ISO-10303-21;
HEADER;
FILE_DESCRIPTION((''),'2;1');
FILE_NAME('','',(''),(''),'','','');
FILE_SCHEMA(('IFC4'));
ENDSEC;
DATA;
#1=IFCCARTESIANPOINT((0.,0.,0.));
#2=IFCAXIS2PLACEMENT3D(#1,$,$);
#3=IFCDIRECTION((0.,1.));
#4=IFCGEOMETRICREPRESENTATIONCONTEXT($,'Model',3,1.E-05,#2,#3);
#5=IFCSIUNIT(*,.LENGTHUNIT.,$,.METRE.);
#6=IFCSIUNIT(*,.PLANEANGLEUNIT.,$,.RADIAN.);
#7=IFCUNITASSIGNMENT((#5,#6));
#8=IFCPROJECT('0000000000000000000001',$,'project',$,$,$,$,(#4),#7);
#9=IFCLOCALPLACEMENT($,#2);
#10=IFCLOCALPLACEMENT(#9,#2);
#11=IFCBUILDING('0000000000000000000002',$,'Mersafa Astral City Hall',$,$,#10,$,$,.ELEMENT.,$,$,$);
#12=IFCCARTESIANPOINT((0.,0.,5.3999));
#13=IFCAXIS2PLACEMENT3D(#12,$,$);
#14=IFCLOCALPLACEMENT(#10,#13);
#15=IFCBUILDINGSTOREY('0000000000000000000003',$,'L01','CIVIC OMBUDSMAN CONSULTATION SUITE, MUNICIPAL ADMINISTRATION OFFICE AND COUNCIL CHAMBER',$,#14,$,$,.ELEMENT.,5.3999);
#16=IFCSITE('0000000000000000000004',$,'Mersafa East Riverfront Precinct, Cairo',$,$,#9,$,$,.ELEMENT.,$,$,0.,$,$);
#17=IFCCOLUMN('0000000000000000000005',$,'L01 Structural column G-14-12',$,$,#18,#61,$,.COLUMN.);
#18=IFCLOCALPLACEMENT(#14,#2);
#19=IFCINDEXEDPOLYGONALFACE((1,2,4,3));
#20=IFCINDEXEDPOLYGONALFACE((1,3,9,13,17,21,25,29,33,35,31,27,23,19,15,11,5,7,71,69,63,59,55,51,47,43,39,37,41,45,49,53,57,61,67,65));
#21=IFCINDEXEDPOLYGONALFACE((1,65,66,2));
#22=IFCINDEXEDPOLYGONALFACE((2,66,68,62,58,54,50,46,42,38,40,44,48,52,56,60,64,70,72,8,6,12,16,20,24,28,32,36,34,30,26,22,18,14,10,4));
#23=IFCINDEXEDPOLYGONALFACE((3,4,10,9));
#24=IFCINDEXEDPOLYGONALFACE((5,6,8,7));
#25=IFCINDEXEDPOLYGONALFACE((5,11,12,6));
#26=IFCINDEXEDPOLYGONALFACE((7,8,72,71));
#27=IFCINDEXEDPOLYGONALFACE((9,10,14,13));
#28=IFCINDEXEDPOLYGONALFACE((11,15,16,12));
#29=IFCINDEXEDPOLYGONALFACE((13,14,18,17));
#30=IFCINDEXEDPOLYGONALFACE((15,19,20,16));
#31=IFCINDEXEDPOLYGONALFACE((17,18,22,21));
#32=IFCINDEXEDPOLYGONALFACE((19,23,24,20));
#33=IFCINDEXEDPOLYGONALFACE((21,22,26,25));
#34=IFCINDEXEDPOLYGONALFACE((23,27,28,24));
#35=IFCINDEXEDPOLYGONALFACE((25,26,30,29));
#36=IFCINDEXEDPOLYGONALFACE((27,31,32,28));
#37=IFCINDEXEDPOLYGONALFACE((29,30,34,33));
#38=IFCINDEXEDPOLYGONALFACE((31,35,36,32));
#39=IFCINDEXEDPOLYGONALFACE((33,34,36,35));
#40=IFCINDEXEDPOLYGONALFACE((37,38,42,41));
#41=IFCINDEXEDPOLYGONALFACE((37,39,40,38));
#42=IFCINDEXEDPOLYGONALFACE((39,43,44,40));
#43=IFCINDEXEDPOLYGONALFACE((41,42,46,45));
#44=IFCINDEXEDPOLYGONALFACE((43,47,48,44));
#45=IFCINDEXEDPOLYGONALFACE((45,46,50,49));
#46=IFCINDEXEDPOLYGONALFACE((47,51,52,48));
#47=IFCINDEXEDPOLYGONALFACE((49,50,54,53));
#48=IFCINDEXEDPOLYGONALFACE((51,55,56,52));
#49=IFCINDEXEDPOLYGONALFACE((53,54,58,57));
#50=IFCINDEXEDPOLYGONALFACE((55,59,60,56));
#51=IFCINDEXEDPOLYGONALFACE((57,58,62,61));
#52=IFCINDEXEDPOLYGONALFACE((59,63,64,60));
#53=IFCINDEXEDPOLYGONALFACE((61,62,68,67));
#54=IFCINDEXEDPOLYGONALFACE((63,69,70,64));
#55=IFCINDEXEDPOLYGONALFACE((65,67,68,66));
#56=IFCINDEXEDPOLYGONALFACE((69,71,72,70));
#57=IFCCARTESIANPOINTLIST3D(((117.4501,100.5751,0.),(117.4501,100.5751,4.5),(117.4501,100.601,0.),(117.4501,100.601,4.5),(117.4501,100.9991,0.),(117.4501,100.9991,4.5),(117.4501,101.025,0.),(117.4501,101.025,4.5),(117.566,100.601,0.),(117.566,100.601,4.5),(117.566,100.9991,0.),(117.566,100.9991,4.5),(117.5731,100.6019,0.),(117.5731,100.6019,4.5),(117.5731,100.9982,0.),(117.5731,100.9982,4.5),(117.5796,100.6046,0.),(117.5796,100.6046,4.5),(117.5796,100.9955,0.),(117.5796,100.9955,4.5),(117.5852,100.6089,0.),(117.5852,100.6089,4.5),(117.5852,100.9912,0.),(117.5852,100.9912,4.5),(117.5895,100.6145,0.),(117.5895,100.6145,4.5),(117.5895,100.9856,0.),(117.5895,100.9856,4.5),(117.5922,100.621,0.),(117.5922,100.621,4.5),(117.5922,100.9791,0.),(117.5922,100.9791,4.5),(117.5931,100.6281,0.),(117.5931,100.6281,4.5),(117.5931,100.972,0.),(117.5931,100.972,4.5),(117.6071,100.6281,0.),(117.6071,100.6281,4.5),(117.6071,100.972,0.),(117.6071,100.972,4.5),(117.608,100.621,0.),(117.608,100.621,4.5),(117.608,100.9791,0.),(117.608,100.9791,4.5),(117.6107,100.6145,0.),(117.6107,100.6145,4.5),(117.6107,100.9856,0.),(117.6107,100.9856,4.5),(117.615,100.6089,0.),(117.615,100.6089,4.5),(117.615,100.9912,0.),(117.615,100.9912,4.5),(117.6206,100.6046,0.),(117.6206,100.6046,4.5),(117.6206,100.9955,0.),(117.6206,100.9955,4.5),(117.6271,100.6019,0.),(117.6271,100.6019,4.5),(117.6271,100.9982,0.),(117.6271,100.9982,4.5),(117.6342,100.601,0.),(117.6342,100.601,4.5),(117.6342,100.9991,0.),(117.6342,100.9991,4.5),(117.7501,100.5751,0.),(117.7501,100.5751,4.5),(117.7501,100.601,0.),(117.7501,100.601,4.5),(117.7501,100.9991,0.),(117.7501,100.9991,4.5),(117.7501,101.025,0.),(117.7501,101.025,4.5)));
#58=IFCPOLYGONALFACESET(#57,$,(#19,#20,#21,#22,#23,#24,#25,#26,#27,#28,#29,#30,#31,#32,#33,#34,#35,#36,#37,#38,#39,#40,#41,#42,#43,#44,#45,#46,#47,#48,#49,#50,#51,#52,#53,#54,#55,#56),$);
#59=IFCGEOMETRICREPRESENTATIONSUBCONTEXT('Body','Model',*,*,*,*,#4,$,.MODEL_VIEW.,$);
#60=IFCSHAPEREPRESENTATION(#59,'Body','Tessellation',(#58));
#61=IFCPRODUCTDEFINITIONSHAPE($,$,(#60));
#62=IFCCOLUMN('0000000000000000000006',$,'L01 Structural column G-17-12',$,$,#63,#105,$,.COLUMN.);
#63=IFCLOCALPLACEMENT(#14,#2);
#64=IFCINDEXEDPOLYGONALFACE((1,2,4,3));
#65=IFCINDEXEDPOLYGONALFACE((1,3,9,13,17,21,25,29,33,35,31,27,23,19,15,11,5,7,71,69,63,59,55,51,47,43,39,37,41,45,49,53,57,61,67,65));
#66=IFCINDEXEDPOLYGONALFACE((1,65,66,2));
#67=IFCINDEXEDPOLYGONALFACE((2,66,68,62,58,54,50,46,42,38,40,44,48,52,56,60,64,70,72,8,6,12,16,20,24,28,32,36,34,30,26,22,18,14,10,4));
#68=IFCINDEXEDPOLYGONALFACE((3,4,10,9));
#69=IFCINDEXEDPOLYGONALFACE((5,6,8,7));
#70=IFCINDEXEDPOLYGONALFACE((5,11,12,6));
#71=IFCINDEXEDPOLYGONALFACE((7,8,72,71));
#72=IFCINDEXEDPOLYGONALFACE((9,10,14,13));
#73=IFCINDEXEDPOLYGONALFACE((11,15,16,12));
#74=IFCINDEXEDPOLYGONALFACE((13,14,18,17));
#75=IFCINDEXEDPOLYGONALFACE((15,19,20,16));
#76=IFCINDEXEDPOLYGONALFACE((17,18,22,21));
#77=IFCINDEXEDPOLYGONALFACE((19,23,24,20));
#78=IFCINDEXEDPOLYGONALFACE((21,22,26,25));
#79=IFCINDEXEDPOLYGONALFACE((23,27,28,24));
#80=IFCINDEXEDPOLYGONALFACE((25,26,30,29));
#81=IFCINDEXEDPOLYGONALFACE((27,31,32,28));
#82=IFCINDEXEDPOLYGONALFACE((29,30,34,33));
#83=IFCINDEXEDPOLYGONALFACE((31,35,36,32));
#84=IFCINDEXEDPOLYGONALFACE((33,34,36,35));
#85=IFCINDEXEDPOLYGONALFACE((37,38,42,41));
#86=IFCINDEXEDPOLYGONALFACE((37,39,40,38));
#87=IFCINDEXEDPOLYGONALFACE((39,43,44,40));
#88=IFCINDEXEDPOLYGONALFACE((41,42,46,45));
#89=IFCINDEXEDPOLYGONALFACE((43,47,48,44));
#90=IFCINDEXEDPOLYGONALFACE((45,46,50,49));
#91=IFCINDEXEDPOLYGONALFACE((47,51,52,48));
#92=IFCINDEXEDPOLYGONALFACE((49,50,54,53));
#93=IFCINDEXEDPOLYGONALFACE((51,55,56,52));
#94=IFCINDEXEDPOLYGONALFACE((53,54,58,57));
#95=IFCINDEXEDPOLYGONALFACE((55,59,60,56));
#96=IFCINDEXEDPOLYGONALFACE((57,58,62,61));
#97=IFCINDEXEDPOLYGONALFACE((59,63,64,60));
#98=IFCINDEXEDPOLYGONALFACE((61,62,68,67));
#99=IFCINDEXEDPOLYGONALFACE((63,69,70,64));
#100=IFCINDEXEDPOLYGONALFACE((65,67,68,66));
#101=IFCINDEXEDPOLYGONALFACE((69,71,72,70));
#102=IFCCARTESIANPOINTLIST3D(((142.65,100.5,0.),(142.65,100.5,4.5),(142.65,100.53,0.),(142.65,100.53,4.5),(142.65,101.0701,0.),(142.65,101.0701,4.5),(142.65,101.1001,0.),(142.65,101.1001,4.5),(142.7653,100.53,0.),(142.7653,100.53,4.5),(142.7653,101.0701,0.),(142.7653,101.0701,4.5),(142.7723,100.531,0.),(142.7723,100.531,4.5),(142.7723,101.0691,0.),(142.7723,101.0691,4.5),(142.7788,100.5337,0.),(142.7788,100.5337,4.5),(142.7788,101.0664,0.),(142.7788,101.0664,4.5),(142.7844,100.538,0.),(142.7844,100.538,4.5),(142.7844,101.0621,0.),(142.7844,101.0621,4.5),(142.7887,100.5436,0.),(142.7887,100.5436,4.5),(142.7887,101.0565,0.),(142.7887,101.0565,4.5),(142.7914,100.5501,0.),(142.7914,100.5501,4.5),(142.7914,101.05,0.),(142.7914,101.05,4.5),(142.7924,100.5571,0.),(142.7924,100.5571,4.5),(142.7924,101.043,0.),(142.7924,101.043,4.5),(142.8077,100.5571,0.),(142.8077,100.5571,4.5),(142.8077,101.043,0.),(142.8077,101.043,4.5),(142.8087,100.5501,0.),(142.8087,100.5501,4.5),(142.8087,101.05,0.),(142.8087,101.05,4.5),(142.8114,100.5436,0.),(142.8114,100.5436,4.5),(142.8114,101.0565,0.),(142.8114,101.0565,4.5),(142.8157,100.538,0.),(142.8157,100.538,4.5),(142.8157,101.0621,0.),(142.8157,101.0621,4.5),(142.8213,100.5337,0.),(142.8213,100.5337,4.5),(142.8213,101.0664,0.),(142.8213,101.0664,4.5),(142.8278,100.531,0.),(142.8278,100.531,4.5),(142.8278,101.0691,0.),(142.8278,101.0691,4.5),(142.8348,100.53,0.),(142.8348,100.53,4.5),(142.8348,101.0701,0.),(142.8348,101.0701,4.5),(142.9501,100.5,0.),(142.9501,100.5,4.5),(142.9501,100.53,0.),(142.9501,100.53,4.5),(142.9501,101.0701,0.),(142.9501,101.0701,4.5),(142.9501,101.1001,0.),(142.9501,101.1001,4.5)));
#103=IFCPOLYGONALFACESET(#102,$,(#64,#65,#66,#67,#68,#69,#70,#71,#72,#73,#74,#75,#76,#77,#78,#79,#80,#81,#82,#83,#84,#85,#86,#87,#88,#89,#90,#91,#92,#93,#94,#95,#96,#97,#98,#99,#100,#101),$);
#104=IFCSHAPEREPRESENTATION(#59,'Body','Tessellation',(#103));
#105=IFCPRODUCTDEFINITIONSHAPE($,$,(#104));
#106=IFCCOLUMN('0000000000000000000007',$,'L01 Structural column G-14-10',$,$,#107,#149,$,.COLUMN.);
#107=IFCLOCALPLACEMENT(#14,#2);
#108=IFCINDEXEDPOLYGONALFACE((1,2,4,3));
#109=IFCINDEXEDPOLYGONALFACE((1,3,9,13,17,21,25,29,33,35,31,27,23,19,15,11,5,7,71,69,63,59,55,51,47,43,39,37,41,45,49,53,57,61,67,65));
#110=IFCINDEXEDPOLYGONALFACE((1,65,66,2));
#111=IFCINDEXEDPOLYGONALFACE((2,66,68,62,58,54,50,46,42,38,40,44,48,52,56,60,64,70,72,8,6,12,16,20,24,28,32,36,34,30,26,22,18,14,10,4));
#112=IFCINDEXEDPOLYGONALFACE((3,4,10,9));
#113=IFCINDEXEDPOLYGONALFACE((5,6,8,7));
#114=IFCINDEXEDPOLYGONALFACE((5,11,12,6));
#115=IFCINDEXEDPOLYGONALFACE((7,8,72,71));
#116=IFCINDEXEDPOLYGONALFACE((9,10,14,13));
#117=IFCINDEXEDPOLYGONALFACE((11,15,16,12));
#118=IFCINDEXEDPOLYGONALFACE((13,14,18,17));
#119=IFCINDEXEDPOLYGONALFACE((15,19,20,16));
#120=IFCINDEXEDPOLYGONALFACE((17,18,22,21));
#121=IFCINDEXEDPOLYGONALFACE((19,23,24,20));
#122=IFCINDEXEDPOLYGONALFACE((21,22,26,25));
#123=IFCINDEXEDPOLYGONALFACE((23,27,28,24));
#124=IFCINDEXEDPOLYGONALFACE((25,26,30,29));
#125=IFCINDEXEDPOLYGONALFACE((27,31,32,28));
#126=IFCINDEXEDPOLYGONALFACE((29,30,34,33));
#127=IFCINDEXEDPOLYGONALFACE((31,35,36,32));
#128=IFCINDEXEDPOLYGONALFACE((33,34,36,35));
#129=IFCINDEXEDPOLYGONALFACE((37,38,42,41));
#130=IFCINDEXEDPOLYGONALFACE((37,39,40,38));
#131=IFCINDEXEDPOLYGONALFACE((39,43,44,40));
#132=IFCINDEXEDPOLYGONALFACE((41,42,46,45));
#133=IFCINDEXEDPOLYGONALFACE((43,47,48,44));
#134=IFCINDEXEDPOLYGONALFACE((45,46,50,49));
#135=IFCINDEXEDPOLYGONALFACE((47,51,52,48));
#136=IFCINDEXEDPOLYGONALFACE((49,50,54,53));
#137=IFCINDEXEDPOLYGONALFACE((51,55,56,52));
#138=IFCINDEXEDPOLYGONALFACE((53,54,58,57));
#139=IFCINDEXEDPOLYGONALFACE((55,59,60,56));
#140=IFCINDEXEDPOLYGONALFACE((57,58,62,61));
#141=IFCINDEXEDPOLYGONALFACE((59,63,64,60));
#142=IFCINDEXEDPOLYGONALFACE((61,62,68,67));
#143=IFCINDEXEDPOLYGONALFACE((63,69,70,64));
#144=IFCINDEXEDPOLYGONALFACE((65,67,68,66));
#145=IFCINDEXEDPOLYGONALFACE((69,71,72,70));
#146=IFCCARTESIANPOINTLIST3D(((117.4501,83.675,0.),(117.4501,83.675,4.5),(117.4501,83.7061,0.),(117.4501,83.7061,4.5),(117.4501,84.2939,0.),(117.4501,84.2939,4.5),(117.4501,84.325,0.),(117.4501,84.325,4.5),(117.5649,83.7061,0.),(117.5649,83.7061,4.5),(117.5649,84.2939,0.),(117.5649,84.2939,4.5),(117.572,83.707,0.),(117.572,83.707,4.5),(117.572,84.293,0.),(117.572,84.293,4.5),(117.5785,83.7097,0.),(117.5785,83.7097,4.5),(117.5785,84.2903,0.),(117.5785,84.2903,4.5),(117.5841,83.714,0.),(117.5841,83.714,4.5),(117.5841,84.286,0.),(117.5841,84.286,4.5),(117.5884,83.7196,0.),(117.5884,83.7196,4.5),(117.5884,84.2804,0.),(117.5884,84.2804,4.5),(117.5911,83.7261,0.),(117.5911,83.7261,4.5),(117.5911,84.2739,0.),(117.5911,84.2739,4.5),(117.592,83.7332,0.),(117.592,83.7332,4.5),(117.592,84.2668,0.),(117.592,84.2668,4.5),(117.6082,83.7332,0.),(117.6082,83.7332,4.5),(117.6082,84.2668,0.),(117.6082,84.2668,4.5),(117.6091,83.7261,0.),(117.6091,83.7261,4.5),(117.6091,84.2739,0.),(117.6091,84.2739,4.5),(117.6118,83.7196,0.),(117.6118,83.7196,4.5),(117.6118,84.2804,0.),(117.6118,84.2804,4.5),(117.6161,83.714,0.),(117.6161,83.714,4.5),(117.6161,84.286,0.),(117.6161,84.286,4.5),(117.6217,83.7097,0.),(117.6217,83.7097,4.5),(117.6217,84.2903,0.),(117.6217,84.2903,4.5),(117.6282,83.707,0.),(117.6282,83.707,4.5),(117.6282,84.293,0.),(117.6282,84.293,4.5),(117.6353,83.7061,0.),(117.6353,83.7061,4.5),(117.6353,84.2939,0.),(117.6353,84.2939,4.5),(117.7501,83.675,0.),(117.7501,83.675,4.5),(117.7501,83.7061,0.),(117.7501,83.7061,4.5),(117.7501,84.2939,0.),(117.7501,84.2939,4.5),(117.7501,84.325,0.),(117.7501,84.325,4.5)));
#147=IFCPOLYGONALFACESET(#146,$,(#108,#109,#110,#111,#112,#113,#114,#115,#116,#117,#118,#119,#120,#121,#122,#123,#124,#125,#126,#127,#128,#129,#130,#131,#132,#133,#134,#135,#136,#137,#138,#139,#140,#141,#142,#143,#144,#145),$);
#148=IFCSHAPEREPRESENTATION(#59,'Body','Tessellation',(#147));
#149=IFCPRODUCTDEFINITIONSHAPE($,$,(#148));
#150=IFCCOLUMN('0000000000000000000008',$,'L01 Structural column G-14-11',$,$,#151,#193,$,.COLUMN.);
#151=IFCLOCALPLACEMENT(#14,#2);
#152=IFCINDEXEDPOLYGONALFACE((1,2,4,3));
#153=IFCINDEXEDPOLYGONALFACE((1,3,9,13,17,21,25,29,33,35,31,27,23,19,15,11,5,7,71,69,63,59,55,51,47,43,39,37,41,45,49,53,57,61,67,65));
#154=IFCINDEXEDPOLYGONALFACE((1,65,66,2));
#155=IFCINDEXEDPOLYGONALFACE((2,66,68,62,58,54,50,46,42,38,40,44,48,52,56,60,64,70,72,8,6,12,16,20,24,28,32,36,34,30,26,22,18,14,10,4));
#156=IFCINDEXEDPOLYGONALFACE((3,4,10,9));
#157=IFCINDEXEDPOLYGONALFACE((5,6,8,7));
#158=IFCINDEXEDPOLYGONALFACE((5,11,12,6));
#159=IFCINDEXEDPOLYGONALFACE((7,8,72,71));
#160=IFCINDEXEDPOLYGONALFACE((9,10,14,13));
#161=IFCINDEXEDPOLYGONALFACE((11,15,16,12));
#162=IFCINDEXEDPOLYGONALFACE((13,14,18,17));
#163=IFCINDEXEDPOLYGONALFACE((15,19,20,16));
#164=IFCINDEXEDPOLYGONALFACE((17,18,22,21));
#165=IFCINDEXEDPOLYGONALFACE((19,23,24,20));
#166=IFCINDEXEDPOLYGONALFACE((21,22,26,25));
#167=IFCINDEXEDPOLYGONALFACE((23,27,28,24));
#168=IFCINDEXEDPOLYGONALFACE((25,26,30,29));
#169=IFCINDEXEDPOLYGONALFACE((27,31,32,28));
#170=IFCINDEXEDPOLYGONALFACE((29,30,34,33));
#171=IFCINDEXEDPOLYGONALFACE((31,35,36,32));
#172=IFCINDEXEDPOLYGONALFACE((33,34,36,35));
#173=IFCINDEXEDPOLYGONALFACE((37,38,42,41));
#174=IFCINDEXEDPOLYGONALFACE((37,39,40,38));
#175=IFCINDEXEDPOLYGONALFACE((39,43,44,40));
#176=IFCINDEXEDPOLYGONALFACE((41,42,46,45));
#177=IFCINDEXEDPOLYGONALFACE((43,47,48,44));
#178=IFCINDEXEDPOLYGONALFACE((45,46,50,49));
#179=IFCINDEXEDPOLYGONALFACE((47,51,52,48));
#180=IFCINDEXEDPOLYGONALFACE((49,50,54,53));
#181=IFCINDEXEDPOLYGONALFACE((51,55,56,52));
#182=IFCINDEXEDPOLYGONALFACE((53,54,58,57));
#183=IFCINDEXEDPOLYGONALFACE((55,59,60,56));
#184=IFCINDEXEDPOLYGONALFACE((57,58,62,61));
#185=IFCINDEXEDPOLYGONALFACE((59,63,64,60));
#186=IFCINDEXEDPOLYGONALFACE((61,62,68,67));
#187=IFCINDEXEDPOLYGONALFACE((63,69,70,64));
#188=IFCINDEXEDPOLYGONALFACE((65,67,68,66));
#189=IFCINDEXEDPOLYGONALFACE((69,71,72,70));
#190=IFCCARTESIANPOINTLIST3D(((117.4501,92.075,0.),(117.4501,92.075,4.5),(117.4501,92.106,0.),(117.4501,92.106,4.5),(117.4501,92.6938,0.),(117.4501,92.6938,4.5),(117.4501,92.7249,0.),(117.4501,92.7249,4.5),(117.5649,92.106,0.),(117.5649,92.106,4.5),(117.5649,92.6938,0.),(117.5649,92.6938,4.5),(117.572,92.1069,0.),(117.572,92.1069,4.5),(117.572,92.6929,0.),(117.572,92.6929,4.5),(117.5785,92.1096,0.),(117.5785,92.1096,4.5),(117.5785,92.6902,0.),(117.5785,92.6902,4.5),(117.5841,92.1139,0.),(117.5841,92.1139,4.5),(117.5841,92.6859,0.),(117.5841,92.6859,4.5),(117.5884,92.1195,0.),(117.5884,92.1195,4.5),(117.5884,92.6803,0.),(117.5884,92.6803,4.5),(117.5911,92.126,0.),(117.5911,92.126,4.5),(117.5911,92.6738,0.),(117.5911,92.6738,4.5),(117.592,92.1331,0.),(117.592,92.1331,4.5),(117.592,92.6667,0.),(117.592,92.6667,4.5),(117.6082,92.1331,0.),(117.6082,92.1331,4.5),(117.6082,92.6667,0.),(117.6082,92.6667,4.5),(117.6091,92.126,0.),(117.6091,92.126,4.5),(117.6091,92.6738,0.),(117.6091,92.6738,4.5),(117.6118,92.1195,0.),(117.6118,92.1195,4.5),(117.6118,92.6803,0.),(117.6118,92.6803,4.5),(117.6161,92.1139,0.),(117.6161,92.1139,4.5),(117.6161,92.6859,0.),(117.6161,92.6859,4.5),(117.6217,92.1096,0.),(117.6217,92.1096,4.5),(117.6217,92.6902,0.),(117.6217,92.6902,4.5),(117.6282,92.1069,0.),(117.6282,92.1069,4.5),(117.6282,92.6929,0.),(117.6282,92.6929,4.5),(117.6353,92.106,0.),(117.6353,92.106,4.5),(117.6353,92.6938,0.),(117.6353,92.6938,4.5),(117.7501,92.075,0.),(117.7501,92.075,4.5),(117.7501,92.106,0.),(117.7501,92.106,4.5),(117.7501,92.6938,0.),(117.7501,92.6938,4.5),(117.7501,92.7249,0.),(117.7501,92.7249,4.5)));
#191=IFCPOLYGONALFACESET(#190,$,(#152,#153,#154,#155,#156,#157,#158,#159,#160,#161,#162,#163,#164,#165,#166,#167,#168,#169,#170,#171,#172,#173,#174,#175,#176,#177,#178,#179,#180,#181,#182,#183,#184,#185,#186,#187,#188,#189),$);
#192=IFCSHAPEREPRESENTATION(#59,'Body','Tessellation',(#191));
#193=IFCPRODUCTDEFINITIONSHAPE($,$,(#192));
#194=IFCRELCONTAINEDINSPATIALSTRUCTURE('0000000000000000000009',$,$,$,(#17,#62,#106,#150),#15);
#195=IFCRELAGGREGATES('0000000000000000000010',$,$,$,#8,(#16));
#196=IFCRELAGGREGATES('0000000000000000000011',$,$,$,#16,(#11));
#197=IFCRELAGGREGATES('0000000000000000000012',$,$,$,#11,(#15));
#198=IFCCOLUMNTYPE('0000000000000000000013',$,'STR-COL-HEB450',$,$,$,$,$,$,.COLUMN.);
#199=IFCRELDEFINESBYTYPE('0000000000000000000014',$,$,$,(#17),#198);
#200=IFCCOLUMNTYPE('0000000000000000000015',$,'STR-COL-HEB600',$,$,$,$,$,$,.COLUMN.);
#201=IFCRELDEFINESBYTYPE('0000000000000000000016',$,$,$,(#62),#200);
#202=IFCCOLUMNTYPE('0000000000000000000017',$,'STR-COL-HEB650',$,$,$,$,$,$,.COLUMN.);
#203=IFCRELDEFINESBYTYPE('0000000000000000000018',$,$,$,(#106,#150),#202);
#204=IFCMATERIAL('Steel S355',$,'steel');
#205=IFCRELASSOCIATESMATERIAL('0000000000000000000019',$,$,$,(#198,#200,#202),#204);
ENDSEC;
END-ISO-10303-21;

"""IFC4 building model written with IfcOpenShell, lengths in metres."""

from ifc_helpers import new_model, si_unit, direction, frame, origin, origin_2d, place, context, subcontext, project, spatial, i_section, extrude, material, material_profile, profile_set, type_object, element, save


model = new_model("IFC4")

# Units and contexts
model_context = context("Model", 3, precision=1e-05, world=origin(), true_north=direction((0.0, 1.0)))
body_context = subcontext(model_context, "Body", "Model", "MODEL_VIEW")
ifc_project = project(units=[si_unit("LENGTHUNIT", "METRE"), si_unit("PLANEANGLEUNIT", "RADIAN")], contexts=[model_context])

# Site, building, storey
site_placement = place(None, origin())
site = spatial("IfcSite", under=ifc_project, at=site_placement, Name="Mersafa East Riverfront Precinct, Cairo", CompositionType="ELEMENT", RefElevation=0.0)
building_placement = place(site_placement, origin())
building = spatial("IfcBuilding", under=site, at=building_placement, Name="Mersafa Astral City Hall", CompositionType="ELEMENT")
storey_placement = place(building_placement, frame((0.0, 0.0, 5.3999)))
storey = spatial("IfcBuildingStorey", under=building, at=storey_placement, Name="L01", Description="CIVIC OMBUDSMAN CONSULTATION SUITE, MUNICIPAL ADMINISTRATION OFFICE AND COUNCIL CHAMBER", CompositionType="ELEMENT", Elevation=5.3999)

# Columns
ifc_material_1 = material(Name="Steel S355", Category="steel")
ifc_material_profile_1 = material_profile(ifc_material_1, i_section(OverallWidth=0.3, OverallDepth=0.45, WebThickness=0.0139, FlangeThickness=0.0259, FilletRadius=0.0271, at=origin_2d()), Name="HEB 450")
ifc_profile_set_1 = profile_set([ifc_material_profile_1], Name="Steel S355")
column_type_1 = type_object("IfcColumnType", Name="STR-COL-HEB450", PredefinedType="COLUMN", material=ifc_profile_set_1)
column_1_placement = place(storey_placement, frame((117.6001, 100.8, 0.0), z_axis=(0.0, 0.0, 1.0), x_axis=(1.0, 0.0, 0.0)))
element("IfcColumn", 1, at=column_1_placement, inside=storey, type_object=column_type_1, Name="L01 Structural column G-14-12", PredefinedType="COLUMN", context=body_context, shape_type="SweptSolid", body=[
    extrude(i_section(OverallWidth=0.3, OverallDepth=0.45, WebThickness=0.0139, FlangeThickness=0.0259, FilletRadius=0.0271, at=origin_2d()), origin(), (0.0, 0.0, 1.0), 4.5),
])
ifc_material_profile_2 = material_profile(ifc_material_1, i_section(OverallWidth=0.3, OverallDepth=0.6001, WebThickness=0.0154, FlangeThickness=0.03, FilletRadius=0.0271, at=origin_2d()), Name="HEB 600")
ifc_profile_set_2 = profile_set([ifc_material_profile_2], Name="Steel S355")
column_type_2 = type_object("IfcColumnType", Name="STR-COL-HEB600", PredefinedType="COLUMN", material=ifc_profile_set_2)
column_2_placement = place(storey_placement, frame((142.8, 100.8, 0.0), z_axis=(0.0, 0.0, 1.0), x_axis=(1.0, 0.0, 0.0)))
element("IfcColumn", 2, at=column_2_placement, inside=storey, type_object=column_type_2, Name="L01 Structural column G-17-12", PredefinedType="COLUMN", context=body_context, shape_type="SweptSolid", body=[
    extrude(i_section(OverallWidth=0.3, OverallDepth=0.6001, WebThickness=0.0154, FlangeThickness=0.03, FilletRadius=0.0271, at=origin_2d()), origin(), (0.0, 0.0, 1.0), 4.5),
])
ifc_material_profile_3 = material_profile(ifc_material_1, i_section(OverallWidth=0.3, OverallDepth=0.6499, WebThickness=0.0161, FlangeThickness=0.031, FilletRadius=0.0271, at=origin_2d()), Name="HEB 650")
ifc_profile_set_3 = profile_set([ifc_material_profile_3], Name="Steel S355")
column_type_3 = type_object("IfcColumnType", Name="STR-COL-HEB650", PredefinedType="COLUMN", material=ifc_profile_set_3)
for number, where, z_axis, x_axis, name in (
    (3, (117.6001, 84.0, 0.0), (0.0, 0.0, 1.0), (1.0, 0.0, 0.0), "L01 Structural column G-14-10"),
    (4, (117.6001, 92.3999, 0.0), (0.0, 0.0, 1.0), (1.0, 0.0, 0.0), "L01 Structural column G-14-11"),
):
    element("IfcColumn", number, at=place(storey_placement, frame(where, z_axis=z_axis, x_axis=x_axis)), inside=storey, type_object=column_type_3, Name=name, PredefinedType="COLUMN", context=body_context, shape_type="SweptSolid", body=[
        extrude(i_section(OverallWidth=0.3, OverallDepth=0.6499, WebThickness=0.0161, FlangeThickness=0.031, FilletRadius=0.0271, at=origin_2d()), origin(), (0.0, 0.0, 1.0), 4.5),
    ])

save(model, "model.ifc")
